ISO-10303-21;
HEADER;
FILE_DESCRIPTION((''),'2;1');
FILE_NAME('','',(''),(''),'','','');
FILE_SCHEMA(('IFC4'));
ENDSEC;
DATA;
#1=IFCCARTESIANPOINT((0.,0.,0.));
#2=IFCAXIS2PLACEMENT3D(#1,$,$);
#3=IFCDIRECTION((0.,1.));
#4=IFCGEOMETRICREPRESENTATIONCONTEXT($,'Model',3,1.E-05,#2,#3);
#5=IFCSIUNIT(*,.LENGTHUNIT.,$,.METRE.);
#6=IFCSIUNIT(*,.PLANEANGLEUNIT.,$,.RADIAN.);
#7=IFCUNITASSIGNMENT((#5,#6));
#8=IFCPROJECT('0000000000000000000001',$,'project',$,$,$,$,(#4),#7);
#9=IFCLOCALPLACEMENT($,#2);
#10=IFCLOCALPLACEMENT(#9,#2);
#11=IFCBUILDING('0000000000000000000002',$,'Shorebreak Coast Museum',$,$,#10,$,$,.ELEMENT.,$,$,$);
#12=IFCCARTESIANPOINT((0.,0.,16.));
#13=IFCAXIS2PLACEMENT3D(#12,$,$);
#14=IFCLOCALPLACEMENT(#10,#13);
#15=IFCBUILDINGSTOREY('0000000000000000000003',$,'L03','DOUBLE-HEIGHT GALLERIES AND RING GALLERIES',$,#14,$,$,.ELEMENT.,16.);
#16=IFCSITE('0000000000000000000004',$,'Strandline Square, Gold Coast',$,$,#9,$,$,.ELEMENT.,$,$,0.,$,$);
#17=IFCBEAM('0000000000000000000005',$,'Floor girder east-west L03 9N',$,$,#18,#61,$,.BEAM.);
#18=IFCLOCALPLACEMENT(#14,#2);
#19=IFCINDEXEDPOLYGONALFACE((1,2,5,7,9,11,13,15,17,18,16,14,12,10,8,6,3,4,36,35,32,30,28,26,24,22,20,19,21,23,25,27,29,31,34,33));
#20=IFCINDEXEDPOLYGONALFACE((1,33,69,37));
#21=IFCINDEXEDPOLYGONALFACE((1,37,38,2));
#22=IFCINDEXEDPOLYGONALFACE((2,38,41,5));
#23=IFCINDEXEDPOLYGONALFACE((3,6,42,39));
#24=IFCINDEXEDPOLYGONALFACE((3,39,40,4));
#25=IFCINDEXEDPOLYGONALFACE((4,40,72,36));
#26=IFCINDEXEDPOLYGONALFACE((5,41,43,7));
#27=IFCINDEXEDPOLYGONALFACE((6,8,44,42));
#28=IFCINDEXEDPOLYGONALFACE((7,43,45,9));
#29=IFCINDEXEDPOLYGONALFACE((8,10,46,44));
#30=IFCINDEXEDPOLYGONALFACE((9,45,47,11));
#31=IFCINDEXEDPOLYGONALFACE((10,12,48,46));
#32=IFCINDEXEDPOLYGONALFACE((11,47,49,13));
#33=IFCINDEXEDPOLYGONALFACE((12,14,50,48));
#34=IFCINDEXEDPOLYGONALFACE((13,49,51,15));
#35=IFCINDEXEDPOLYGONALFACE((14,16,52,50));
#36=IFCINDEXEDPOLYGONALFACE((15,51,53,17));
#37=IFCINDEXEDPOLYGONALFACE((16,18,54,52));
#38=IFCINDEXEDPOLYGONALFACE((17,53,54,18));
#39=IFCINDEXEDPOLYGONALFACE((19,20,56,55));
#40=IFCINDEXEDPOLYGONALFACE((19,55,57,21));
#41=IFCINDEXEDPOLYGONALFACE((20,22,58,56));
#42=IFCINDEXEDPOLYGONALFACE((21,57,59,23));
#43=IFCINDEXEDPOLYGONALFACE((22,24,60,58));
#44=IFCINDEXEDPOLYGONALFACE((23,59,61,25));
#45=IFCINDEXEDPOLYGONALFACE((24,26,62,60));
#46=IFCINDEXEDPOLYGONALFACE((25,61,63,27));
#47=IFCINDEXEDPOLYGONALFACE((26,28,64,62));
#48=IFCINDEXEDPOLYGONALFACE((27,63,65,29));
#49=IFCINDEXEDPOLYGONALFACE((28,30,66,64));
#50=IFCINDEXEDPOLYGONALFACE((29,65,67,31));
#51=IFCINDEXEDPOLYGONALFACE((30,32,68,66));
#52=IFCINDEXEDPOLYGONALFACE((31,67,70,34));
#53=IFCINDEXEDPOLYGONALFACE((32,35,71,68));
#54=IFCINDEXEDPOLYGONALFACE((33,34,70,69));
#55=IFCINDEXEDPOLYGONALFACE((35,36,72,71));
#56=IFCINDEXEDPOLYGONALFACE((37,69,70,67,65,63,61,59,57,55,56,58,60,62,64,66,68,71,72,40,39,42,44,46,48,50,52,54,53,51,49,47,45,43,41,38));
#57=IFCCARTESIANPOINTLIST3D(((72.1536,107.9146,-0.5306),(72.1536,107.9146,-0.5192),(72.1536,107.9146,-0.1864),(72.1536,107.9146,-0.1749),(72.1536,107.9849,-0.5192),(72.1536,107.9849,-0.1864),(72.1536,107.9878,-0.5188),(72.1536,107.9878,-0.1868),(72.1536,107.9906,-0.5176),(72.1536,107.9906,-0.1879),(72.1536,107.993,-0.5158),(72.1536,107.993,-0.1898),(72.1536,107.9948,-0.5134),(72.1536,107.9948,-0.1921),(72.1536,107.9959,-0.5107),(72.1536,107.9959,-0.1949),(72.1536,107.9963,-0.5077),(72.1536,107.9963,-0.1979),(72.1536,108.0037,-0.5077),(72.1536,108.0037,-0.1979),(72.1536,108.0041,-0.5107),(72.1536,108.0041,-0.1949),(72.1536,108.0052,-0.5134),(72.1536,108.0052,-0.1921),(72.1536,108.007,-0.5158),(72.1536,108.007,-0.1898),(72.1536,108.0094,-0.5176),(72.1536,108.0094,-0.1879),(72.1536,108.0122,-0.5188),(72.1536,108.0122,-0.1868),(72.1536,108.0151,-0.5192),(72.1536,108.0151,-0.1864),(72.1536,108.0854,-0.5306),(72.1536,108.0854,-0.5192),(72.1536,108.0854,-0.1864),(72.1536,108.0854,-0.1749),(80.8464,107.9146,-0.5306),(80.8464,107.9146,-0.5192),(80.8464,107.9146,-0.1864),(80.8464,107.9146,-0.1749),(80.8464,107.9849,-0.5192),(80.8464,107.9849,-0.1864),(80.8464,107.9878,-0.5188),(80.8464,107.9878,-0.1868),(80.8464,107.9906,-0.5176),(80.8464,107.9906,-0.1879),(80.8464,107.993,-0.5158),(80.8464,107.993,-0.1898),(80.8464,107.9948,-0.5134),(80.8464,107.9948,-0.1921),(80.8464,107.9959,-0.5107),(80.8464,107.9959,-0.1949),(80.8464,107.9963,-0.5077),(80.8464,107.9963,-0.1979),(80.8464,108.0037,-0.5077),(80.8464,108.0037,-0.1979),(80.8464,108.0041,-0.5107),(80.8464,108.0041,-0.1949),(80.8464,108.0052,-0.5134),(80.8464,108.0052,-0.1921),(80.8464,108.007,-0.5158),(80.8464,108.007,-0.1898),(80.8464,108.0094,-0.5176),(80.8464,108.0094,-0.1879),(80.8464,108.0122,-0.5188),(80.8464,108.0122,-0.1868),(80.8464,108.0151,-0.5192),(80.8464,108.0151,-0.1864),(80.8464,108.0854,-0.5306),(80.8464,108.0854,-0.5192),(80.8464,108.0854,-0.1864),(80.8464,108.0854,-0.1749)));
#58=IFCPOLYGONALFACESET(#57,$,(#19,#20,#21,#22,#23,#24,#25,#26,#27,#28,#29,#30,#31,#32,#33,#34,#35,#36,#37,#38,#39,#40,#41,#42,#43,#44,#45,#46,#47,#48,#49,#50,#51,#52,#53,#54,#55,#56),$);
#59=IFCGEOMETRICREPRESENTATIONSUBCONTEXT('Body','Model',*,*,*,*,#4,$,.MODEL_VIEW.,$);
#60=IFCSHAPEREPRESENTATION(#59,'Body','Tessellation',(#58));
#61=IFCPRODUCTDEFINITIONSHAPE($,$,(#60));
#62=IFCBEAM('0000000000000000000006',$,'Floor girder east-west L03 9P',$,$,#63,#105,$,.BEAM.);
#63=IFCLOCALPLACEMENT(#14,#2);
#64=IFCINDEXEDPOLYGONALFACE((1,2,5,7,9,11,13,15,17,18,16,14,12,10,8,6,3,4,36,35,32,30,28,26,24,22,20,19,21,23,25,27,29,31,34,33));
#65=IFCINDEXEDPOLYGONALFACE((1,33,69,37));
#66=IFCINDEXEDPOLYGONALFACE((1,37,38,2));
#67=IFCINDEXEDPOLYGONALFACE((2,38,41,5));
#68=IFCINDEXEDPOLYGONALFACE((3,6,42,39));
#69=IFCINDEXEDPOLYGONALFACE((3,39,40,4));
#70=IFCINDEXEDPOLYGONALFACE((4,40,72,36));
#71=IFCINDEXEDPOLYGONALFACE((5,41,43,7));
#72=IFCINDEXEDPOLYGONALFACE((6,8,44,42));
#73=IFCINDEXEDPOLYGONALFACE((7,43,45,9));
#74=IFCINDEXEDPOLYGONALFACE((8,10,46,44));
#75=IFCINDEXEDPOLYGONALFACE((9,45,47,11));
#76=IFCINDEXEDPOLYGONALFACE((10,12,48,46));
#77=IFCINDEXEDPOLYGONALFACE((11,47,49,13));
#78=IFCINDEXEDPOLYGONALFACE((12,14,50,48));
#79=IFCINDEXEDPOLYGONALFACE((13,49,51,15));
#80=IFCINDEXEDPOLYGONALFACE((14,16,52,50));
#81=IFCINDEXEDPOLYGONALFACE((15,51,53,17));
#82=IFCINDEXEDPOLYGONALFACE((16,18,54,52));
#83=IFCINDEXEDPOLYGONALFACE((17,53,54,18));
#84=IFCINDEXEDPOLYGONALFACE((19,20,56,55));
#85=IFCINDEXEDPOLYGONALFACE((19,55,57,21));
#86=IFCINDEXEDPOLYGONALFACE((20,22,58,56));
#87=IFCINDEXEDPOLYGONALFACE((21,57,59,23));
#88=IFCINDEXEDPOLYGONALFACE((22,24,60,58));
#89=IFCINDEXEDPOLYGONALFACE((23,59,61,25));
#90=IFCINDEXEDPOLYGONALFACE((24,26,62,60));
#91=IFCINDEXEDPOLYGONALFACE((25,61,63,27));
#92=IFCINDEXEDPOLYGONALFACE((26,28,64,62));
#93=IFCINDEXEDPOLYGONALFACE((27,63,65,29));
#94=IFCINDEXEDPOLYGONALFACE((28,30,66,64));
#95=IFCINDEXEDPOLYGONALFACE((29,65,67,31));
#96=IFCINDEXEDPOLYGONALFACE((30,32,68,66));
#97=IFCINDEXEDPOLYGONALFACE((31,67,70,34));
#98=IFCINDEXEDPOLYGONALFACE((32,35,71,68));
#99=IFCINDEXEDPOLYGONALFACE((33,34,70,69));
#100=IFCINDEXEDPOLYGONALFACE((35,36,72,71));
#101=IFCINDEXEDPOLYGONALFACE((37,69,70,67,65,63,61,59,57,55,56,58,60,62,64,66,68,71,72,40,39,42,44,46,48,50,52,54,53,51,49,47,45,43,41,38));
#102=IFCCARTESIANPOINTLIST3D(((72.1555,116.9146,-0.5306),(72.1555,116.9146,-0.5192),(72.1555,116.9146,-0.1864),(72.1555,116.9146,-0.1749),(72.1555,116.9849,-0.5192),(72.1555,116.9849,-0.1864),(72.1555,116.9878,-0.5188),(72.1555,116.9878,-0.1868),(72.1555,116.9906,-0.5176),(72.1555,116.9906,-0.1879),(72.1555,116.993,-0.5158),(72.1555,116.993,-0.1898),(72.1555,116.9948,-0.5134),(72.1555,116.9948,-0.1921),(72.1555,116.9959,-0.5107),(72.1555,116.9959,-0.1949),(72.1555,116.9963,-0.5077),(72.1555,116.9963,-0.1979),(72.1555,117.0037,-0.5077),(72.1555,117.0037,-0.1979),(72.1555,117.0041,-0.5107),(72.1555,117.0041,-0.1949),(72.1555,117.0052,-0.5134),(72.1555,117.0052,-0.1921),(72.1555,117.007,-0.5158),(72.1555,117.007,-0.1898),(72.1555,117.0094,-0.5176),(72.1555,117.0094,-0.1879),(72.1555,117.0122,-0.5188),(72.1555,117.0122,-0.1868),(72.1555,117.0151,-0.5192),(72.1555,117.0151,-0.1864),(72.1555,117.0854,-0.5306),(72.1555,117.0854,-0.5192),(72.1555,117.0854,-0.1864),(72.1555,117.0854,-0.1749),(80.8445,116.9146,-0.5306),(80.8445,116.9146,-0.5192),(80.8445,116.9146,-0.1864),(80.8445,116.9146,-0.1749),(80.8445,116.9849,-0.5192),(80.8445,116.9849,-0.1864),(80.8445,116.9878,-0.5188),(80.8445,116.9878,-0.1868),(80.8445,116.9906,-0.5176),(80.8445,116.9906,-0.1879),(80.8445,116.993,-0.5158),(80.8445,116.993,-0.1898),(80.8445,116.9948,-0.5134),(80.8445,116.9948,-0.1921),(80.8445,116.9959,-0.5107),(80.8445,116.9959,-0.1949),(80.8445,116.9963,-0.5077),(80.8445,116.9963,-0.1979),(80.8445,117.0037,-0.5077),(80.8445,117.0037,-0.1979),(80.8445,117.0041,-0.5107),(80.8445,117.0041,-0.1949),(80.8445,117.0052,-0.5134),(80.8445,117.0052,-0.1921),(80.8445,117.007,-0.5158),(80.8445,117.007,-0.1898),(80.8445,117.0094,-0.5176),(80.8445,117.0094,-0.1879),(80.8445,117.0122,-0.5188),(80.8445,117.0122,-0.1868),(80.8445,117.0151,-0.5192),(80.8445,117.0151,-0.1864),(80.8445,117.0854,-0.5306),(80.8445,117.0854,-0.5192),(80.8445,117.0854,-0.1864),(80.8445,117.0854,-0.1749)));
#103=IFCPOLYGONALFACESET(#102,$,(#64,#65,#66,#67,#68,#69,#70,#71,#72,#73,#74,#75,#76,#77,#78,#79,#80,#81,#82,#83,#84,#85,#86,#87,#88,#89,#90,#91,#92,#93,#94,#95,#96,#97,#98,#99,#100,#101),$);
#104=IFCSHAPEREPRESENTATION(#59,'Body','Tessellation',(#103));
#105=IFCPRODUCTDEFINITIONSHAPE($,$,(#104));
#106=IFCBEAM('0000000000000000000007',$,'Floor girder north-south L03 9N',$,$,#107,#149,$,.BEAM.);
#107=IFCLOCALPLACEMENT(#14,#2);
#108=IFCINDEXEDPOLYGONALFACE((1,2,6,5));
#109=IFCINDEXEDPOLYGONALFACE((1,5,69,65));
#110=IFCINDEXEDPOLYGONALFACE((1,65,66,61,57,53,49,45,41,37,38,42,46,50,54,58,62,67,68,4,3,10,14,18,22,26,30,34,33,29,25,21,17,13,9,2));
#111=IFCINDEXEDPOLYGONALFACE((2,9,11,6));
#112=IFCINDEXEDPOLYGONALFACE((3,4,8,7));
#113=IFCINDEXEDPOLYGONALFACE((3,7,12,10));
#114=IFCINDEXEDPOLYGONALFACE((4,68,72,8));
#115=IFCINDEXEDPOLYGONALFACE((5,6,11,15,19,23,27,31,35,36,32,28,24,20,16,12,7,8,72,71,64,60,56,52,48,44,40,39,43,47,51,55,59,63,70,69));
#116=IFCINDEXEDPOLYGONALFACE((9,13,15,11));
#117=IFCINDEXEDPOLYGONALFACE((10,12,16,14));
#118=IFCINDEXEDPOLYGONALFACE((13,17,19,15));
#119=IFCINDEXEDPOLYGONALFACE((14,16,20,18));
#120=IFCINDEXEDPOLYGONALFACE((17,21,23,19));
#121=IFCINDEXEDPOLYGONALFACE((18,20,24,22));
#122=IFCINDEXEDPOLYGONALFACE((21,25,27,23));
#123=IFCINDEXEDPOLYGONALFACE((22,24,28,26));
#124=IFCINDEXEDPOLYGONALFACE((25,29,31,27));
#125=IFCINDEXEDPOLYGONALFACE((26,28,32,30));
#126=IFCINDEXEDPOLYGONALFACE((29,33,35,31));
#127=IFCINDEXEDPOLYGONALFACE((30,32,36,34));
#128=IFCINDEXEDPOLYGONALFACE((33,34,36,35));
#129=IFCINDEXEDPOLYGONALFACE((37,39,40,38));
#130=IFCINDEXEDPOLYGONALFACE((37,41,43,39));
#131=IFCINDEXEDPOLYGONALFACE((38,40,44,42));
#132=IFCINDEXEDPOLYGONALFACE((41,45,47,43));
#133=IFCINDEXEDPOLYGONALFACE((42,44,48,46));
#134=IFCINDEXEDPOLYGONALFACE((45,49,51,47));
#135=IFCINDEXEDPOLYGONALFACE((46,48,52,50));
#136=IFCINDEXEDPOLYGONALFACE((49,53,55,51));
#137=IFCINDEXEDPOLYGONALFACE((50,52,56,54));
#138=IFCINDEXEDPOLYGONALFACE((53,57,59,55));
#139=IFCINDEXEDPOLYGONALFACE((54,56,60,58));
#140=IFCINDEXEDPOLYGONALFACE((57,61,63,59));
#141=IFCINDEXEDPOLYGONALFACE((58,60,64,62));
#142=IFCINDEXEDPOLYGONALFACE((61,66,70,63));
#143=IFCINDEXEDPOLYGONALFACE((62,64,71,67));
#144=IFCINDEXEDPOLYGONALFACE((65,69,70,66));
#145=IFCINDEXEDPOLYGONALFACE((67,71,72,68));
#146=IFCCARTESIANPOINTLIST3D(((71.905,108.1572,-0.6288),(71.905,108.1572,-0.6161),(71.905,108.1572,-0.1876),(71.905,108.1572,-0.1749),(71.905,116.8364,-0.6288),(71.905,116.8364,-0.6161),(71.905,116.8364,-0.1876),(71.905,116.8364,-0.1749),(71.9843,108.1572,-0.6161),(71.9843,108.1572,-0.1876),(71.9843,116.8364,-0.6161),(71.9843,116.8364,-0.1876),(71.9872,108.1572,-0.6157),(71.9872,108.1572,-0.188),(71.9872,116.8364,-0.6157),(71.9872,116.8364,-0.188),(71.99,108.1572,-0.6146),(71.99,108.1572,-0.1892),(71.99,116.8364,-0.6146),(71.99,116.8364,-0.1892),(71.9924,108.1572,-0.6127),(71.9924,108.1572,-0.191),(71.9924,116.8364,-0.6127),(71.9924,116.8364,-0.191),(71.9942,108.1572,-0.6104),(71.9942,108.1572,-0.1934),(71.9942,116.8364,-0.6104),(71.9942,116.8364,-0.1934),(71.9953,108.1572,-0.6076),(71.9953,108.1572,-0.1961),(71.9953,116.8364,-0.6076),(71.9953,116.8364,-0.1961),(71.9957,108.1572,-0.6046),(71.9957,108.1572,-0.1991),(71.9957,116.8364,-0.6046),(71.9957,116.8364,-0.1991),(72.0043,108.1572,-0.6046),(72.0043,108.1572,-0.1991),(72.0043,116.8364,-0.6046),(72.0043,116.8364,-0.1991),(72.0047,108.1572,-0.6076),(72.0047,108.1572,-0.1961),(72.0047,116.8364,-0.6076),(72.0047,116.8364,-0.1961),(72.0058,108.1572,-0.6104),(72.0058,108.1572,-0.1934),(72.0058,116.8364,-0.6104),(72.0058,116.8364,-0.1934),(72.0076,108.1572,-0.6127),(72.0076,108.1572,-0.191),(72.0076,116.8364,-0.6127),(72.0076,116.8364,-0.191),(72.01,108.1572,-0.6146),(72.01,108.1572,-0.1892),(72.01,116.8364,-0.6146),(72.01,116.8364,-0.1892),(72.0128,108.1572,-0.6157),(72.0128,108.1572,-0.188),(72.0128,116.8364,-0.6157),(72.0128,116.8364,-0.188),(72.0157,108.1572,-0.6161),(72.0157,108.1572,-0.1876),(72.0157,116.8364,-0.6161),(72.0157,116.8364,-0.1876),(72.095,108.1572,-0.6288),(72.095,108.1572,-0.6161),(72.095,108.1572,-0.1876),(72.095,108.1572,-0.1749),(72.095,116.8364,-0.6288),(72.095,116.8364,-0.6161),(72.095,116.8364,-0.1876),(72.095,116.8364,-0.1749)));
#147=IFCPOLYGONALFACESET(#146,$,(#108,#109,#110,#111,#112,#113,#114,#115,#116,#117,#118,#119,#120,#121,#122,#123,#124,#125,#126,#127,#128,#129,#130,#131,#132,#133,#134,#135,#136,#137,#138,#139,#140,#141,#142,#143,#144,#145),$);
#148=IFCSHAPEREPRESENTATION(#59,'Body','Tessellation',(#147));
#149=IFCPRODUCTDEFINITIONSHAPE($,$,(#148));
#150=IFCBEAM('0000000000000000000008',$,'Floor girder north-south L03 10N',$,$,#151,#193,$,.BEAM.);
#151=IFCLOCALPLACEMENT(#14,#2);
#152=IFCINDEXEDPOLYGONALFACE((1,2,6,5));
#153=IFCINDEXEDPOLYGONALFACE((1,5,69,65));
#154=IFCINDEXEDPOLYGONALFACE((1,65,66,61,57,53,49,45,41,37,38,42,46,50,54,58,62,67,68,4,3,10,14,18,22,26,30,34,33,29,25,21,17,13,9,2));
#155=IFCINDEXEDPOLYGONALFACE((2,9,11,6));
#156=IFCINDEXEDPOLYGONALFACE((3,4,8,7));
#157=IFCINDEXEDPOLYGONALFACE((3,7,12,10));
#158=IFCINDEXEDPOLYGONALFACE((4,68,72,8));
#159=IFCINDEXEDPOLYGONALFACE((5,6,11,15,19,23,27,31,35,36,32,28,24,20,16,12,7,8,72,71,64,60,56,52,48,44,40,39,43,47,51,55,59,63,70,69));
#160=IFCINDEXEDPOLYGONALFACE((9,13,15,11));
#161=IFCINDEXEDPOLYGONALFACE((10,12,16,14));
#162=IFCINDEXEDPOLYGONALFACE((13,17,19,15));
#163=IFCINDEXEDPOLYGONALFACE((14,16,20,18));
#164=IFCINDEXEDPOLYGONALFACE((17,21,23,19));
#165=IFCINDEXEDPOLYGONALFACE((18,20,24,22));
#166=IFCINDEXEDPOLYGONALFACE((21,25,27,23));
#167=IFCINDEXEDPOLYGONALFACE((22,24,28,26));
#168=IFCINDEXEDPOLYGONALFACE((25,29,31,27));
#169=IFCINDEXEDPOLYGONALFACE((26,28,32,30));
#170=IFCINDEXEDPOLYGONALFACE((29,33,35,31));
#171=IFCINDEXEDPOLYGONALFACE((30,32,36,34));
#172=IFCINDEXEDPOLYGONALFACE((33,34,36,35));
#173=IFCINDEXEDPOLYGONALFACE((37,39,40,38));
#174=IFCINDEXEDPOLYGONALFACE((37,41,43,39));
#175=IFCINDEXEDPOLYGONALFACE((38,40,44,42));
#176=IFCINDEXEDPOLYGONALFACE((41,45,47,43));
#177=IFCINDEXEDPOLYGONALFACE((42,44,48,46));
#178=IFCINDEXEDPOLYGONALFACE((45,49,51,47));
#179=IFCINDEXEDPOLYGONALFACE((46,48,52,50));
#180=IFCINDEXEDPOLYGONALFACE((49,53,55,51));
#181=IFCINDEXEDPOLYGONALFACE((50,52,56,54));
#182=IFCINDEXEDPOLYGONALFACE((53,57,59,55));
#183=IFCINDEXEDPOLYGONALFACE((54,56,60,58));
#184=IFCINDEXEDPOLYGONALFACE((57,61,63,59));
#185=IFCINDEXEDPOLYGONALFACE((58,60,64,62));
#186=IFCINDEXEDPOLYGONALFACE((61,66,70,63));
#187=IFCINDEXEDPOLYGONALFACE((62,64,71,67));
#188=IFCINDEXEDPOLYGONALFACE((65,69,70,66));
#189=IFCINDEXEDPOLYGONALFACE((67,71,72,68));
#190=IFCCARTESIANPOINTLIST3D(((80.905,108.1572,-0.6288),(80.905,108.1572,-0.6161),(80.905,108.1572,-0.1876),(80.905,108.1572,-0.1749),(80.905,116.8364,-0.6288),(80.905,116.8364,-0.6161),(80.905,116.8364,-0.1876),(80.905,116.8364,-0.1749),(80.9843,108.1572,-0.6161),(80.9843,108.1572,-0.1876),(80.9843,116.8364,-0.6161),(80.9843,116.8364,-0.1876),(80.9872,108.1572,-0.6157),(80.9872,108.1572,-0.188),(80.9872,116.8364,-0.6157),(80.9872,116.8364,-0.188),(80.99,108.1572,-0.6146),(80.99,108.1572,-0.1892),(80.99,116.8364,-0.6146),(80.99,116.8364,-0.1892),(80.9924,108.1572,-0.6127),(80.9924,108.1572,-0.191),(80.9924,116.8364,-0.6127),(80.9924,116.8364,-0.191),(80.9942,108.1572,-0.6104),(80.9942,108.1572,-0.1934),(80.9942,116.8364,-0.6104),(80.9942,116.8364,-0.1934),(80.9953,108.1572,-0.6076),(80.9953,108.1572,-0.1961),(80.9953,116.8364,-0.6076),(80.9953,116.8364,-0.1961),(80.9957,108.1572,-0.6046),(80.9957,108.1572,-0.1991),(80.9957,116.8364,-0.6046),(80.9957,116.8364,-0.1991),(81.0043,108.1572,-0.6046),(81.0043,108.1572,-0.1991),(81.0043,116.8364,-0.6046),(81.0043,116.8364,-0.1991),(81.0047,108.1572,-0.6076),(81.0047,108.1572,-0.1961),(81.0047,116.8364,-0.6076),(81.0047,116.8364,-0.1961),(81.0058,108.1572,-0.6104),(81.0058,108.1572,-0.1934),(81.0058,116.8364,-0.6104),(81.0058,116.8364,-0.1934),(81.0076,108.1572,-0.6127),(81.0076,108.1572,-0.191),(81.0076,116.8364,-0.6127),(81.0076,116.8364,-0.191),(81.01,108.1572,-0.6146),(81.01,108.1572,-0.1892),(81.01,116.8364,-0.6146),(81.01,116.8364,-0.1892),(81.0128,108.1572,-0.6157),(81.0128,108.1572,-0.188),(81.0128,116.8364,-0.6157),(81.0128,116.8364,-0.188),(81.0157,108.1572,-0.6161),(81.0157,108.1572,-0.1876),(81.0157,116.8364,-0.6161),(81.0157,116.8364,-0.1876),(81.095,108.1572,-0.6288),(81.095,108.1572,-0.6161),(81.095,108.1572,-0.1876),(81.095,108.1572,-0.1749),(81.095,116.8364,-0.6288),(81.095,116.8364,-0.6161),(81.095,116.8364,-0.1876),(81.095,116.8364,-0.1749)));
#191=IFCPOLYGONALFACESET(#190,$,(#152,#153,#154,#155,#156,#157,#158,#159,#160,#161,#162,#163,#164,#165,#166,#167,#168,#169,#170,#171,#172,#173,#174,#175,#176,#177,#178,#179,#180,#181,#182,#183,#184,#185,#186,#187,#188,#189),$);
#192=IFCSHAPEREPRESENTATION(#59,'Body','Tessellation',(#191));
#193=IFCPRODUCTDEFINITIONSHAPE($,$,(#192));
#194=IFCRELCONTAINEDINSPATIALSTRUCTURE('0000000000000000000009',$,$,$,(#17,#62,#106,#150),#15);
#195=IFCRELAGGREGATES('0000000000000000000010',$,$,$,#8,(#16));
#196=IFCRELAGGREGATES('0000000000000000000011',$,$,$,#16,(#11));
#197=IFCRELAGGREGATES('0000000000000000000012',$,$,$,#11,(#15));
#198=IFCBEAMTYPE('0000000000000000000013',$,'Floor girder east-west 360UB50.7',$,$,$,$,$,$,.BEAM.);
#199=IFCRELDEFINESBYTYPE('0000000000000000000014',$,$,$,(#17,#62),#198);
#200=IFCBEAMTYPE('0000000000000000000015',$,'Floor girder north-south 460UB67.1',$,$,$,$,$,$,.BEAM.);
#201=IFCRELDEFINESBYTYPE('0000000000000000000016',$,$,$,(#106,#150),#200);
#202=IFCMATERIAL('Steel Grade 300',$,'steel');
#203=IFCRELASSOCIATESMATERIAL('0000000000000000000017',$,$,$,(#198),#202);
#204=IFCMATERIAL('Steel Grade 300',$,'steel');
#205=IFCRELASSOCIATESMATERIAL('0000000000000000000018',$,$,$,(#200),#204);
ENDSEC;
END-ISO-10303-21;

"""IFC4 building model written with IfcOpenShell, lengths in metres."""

from ifc_helpers import new_model, si_unit, direction, frame, origin, origin_2d, place, context, subcontext, project, spatial, i_section, extrude, material, material_profile, profile_set, type_object, element, save


model = new_model("IFC4")

# Units and contexts
model_context = context("Model", 3, precision=1e-05, world=origin(), true_north=direction((0.0, 1.0)))
body_context = subcontext(model_context, "Body", "Model", "MODEL_VIEW")
ifc_project = project(units=[si_unit("LENGTHUNIT", "METRE"), si_unit("PLANEANGLEUNIT", "RADIAN")], contexts=[model_context])

# Site, building, storey
site_placement = place(None, origin())
site = spatial("IfcSite", under=ifc_project, at=site_placement, Name="Strandline Square, Gold Coast", CompositionType="ELEMENT", RefElevation=0.0)
building_placement = place(site_placement, origin())
building = spatial("IfcBuilding", under=site, at=building_placement, Name="Shorebreak Coast Museum", CompositionType="ELEMENT")
storey_placement = place(building_placement, frame((0.0, 0.0, 16.0)))
storey = spatial("IfcBuildingStorey", under=building, at=storey_placement, Name="L03", Description="DOUBLE-HEIGHT GALLERIES AND RING GALLERIES", CompositionType="ELEMENT", Elevation=16.0)

# Beams
ifc_material_1 = material(Name="Steel Grade 300", Category="steel")
ifc_material_profile_1 = material_profile(ifc_material_1, i_section(OverallWidth=0.1709, OverallDepth=0.3557, WebThickness=0.0073, FlangeThickness=0.0115, FilletRadius=0.0115, at=origin_2d()), Name="360UB50.7")
ifc_profile_set_1 = profile_set([ifc_material_profile_1], Name="Steel Grade 300")
beam_type_1 = type_object("IfcBeamType", Name="Floor girder east-west 360UB50.7", PredefinedType="BEAM", material=ifc_profile_set_1)
beam_1_placement = place(storey_placement, frame((72.1536, 108.0, -0.3528), z_axis=(1.0, 0.0, 0.0), x_axis=(0.0, 1.0, 0.0)))
element("IfcBeam", 1, at=beam_1_placement, inside=storey, type_object=beam_type_1, Name="Floor girder east-west L03 9N", PredefinedType="BEAM", context=body_context, shape_type="SweptSolid", body=[
    extrude(i_section(OverallWidth=0.1709, OverallDepth=0.3557, WebThickness=0.0073, FlangeThickness=0.0115, FilletRadius=0.0115, at=origin_2d()), origin(), (0.0, 0.0, 1.0), 8.6929),
])
beam_2_placement = place(storey_placement, frame((72.1555, 117.0, -0.3528), z_axis=(1.0, 0.0, 0.0), x_axis=(0.0, 1.0, 0.0)))
element("IfcBeam", 2, at=beam_2_placement, inside=storey, type_object=beam_type_1, Name="Floor girder east-west L03 9P", PredefinedType="BEAM", context=body_context, shape_type="SweptSolid", body=[
    extrude(i_section(OverallWidth=0.1709, OverallDepth=0.3557, WebThickness=0.0073, FlangeThickness=0.0115, FilletRadius=0.0115, at=origin_2d()), origin(), (0.0, 0.0, 1.0), 8.689),
])
ifc_material_2 = material(Name="Steel Grade 300", Category="steel")
ifc_material_profile_2 = material_profile(ifc_material_2, i_section(OverallWidth=0.1899, OverallDepth=0.4539, WebThickness=0.0085, FlangeThickness=0.0127, FilletRadius=0.0115, at=origin_2d()), Name="460UB67.1")
ifc_profile_set_2 = profile_set([ifc_material_profile_2], Name="Steel Grade 300")
beam_type_2 = type_object("IfcBeamType", Name="Floor girder north-south 460UB67.1", PredefinedType="BEAM", material=ifc_profile_set_2)
for number, where, z_axis, x_axis, name in (
    (3, (72.0, 108.1572, -0.4019), (0.0, 1.0, 0.0), (-1.0, 0.0, 0.0), "Floor girder north-south L03 9N"),
    (4, (81.0, 108.1572, -0.4019), (0.0, 1.0, 0.0), (-1.0, 0.0, 0.0), "Floor girder north-south L03 10N"),
):
    element("IfcBeam", number, at=place(storey_placement, frame(where, z_axis=z_axis, x_axis=x_axis)), inside=storey, type_object=beam_type_2, Name=name, PredefinedType="BEAM", context=body_context, shape_type="SweptSolid", body=[
        extrude(i_section(OverallWidth=0.1899, OverallDepth=0.4539, WebThickness=0.0085, FlangeThickness=0.0127, FilletRadius=0.0115, at=origin_2d()), origin(), (0.0, 0.0, 1.0), 8.6792),
    ])

save(model, "model.ifc")
